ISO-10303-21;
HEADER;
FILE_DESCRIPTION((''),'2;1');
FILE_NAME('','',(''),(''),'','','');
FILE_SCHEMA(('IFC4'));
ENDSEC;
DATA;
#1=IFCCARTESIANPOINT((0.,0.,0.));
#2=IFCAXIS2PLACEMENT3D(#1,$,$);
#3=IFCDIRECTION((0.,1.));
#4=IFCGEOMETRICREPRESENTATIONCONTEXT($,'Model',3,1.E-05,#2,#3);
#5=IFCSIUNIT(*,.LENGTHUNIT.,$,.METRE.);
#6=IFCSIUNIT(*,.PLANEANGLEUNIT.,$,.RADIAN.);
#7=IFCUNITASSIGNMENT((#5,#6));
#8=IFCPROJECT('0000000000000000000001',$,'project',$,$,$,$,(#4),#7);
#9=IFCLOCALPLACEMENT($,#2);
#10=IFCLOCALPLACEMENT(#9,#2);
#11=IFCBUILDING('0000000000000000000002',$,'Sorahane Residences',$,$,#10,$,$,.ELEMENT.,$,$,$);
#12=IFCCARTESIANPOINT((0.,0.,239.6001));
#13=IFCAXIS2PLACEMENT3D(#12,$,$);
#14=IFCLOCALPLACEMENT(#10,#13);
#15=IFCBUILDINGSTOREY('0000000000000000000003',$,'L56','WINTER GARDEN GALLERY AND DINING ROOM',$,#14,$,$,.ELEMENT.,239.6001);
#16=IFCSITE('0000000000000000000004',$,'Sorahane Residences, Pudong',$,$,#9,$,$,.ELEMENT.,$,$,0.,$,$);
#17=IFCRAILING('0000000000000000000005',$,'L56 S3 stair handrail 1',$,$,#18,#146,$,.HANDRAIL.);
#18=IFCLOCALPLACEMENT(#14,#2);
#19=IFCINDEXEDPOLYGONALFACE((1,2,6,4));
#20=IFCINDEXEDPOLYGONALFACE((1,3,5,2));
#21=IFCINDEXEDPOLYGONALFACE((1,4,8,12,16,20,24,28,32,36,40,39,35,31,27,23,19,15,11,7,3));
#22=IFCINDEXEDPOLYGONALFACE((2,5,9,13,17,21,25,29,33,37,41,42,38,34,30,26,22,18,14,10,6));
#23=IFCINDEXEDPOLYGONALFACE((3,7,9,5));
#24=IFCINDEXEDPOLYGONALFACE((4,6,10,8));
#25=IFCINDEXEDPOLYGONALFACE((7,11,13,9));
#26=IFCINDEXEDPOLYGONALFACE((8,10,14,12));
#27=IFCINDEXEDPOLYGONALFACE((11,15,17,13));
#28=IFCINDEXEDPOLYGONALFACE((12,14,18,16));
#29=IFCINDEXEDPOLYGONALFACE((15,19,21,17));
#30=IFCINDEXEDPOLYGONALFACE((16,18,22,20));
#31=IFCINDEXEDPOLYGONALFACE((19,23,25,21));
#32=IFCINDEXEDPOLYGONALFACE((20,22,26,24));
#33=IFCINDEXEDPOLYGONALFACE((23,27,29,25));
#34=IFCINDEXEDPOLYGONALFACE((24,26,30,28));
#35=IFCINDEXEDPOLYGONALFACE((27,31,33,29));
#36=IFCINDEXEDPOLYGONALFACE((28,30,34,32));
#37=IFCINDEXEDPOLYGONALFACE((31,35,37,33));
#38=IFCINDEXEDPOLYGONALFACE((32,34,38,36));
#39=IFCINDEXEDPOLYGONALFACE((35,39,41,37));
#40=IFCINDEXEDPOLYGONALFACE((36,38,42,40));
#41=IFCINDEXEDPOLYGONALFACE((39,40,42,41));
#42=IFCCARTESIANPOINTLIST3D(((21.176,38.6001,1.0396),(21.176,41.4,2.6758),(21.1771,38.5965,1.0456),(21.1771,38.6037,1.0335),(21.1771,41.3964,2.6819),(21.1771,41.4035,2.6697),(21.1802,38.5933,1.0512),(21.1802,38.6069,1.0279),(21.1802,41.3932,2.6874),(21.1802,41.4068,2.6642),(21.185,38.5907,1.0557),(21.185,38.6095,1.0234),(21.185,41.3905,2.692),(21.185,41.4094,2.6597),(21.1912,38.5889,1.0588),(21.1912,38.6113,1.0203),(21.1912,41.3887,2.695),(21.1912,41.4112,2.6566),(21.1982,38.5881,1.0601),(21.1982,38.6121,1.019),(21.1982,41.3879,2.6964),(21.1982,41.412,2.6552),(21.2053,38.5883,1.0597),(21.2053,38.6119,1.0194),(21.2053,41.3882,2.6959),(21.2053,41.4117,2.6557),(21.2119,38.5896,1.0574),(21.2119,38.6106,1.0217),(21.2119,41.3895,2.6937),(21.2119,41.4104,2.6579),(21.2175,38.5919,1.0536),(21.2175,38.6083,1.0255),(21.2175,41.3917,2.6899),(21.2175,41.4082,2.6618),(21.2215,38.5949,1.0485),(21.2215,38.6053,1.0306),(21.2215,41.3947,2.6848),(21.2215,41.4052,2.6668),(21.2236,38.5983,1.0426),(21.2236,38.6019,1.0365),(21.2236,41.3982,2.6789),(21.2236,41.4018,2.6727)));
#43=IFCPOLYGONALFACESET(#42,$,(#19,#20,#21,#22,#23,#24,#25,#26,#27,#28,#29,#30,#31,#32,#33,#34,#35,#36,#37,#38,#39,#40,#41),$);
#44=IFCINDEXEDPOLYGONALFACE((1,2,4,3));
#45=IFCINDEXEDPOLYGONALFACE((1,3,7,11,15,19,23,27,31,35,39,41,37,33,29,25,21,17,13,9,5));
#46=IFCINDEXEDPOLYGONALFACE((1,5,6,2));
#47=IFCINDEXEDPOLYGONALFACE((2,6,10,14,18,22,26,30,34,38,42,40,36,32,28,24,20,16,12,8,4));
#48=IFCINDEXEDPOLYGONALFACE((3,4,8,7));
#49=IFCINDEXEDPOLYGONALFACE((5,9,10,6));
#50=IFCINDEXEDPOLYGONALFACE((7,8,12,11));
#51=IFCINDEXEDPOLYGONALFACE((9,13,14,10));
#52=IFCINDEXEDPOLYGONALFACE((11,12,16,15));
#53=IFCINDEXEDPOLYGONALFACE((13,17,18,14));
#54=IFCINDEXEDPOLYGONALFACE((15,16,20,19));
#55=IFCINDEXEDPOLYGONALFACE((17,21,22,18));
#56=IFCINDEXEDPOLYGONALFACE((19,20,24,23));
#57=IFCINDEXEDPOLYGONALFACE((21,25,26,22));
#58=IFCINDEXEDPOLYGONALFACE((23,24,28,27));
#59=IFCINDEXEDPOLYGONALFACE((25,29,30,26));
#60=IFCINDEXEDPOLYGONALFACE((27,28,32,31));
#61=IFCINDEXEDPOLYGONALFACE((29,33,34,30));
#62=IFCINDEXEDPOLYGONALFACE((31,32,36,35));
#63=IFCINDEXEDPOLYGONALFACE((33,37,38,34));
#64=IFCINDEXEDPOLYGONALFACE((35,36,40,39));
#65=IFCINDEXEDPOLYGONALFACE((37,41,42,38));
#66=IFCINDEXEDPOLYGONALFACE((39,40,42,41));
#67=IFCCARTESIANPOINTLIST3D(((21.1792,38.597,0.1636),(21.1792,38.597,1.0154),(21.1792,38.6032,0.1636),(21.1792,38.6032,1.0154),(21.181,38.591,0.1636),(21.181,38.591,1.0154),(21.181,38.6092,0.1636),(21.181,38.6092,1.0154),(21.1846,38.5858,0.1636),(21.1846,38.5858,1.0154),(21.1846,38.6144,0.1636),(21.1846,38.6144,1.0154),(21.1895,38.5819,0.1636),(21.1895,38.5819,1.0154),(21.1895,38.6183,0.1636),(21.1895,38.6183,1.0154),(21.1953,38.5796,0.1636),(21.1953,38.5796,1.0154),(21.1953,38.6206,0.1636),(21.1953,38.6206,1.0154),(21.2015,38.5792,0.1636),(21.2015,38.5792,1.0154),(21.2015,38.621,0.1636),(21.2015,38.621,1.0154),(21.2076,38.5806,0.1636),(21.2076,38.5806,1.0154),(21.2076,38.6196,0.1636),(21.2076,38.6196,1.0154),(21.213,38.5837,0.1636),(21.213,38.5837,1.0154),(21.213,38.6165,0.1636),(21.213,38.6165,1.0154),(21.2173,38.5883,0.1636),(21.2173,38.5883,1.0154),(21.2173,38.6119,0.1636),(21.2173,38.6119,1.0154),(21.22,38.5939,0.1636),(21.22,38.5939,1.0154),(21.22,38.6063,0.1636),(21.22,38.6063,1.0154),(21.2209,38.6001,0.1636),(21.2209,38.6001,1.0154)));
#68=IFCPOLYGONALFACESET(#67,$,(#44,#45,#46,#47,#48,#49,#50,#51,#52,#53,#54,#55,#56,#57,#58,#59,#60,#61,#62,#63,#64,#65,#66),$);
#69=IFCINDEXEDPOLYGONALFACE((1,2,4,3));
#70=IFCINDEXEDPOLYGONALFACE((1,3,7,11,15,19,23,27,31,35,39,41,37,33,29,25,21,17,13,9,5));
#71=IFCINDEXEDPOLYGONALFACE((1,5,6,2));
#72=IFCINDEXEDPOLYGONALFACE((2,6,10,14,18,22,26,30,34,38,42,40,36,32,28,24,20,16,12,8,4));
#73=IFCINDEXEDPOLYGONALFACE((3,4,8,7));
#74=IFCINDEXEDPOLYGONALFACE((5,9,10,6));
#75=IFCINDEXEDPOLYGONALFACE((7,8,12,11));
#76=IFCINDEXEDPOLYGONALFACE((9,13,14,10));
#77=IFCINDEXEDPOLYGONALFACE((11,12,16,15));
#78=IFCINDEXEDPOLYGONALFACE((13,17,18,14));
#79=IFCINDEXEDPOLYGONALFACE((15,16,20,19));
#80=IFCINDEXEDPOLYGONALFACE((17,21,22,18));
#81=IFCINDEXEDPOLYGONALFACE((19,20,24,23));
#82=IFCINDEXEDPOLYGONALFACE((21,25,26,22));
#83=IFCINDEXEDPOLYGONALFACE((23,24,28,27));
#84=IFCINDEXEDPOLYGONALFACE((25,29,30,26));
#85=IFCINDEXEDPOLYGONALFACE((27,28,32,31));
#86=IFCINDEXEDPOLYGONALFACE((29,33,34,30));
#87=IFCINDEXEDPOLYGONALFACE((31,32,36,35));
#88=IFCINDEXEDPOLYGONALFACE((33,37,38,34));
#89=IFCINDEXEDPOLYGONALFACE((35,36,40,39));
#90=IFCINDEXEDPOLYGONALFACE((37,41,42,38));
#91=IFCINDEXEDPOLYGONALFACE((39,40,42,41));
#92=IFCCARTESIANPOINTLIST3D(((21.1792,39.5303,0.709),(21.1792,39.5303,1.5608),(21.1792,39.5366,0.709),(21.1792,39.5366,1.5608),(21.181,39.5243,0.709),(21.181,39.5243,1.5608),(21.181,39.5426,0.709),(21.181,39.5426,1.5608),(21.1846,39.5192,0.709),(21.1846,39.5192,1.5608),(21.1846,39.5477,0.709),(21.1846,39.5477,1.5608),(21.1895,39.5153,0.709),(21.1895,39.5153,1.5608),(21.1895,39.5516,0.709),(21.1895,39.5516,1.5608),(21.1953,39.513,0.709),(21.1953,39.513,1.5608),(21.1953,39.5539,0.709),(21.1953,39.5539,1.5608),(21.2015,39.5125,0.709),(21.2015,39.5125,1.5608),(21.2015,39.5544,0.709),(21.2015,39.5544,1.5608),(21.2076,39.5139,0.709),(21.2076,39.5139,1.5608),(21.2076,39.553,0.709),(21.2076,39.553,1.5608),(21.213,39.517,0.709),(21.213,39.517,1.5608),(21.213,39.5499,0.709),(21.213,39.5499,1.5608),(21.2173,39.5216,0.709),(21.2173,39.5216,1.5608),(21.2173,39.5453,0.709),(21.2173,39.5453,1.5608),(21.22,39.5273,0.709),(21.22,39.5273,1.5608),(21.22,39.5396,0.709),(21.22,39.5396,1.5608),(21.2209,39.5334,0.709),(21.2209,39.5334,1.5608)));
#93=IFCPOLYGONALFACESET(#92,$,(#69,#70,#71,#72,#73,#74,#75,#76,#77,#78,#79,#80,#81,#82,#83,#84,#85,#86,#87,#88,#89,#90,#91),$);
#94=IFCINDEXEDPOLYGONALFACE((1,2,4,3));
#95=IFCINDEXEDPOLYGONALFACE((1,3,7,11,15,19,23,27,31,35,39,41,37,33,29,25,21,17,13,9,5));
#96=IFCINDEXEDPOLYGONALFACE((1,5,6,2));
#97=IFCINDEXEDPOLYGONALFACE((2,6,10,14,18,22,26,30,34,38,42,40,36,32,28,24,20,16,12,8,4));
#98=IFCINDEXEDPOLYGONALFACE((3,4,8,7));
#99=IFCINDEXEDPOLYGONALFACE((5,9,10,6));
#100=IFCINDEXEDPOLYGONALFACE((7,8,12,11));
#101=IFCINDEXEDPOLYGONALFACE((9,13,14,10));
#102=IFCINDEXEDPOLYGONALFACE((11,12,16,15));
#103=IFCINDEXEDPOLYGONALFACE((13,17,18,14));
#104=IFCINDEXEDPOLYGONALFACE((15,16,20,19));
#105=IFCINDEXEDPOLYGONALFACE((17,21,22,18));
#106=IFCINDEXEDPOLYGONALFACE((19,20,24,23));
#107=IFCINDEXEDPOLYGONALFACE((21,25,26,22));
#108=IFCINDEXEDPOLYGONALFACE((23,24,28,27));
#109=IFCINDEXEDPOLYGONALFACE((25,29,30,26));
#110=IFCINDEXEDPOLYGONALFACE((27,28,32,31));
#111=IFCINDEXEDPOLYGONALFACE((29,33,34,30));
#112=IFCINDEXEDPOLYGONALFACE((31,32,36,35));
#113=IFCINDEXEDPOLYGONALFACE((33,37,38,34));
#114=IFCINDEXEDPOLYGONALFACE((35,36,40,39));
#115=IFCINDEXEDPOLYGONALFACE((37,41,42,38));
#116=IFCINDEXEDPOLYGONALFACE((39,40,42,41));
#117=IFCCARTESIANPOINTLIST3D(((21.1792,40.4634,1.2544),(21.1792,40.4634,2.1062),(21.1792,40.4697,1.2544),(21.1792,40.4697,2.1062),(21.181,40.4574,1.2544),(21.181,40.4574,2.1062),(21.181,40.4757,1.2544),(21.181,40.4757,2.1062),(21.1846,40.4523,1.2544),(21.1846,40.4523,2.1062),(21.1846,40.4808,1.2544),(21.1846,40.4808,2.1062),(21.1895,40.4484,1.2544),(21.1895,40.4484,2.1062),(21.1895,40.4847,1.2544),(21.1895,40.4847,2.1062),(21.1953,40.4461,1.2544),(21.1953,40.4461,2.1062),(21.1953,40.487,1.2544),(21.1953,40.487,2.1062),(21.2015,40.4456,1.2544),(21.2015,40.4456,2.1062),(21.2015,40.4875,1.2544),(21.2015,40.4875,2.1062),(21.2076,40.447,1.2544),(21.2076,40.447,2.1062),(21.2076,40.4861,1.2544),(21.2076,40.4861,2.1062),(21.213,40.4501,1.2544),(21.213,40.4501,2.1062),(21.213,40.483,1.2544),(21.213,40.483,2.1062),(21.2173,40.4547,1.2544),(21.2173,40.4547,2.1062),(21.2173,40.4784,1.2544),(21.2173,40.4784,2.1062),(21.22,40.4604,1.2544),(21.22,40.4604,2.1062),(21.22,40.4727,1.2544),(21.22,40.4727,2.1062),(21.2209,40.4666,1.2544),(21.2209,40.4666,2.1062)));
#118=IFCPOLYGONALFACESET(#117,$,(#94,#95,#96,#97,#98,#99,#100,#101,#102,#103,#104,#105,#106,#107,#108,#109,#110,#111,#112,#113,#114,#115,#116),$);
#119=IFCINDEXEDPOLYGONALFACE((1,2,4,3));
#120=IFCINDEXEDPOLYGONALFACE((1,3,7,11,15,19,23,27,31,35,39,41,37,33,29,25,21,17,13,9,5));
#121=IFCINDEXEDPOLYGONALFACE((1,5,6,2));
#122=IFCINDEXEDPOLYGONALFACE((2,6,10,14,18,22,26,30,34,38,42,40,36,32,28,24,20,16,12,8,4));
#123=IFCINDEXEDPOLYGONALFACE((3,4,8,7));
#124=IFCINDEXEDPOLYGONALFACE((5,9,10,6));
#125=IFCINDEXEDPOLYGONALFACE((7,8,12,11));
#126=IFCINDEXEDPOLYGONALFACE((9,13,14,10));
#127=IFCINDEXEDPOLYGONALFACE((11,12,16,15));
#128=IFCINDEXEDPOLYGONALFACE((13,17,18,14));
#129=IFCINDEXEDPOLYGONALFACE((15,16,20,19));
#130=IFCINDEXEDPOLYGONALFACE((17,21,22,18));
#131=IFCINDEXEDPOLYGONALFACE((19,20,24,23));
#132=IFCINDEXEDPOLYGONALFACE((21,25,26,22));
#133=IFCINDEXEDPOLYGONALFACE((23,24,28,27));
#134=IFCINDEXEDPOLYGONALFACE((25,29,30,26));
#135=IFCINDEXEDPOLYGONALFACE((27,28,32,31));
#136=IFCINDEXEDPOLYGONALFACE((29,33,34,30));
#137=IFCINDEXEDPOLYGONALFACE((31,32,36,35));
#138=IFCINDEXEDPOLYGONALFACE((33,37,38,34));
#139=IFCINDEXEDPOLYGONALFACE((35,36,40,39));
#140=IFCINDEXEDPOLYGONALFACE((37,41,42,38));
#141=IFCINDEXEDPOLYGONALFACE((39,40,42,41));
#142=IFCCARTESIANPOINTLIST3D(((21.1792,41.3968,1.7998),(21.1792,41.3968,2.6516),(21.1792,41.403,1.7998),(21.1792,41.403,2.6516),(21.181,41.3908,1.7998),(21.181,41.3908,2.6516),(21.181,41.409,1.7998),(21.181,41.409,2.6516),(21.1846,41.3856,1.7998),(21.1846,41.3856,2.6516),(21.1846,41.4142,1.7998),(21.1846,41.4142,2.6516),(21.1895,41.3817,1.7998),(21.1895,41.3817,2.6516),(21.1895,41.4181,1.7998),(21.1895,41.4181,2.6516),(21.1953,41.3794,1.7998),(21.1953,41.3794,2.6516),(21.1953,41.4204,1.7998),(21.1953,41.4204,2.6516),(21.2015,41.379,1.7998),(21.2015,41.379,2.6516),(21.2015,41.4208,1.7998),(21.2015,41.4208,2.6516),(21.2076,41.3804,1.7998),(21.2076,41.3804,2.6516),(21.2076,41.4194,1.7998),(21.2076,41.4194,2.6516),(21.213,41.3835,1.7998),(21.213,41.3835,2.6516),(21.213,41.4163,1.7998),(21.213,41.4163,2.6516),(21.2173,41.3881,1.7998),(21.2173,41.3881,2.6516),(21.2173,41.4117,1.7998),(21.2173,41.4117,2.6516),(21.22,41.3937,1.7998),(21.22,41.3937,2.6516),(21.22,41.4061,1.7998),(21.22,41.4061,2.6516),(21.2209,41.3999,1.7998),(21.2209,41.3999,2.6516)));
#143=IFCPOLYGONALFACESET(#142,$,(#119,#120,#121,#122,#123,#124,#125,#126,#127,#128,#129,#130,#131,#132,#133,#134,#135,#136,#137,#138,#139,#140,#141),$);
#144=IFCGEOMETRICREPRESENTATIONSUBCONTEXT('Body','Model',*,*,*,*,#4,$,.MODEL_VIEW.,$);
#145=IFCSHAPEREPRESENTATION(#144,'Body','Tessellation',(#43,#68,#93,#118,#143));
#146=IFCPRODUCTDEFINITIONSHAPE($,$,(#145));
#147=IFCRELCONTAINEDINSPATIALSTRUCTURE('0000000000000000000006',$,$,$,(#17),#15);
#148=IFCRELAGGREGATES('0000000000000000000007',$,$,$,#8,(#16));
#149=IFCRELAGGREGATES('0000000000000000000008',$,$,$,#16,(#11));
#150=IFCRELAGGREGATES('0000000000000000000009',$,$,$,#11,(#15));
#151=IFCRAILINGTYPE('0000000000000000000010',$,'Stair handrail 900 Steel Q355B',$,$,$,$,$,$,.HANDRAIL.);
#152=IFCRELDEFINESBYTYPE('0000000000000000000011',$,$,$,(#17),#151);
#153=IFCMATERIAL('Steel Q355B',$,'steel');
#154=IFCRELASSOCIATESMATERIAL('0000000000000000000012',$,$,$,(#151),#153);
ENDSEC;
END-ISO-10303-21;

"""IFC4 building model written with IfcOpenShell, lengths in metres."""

from ifc_helpers import new_model, si_unit, direction, frame, origin, origin_2d, place, context, subcontext, project, spatial, circle, extrude, material, type_object, element, save


model = new_model("IFC4")

# Units and contexts
model_context = context("Model", 3, precision=1e-05, world=origin(), true_north=direction((0.0, 1.0)))
body_context = subcontext(model_context, "Body", "Model", "MODEL_VIEW")
ifc_project = project(units=[si_unit("LENGTHUNIT", "METRE"), si_unit("PLANEANGLEUNIT", "RADIAN")], contexts=[model_context])

# Site, building, storey
site_placement = place(None, origin())
site = spatial("IfcSite", under=ifc_project, at=site_placement, Name="Sorahane Residences, Pudong", CompositionType="ELEMENT", RefElevation=0.0)
building_placement = place(site_placement, origin())
building = spatial("IfcBuilding", under=site, at=building_placement, Name="Sorahane Residences", CompositionType="ELEMENT")
storey_placement = place(building_placement, frame((0.0, 0.0, 239.6001)))
storey = spatial("IfcBuildingStorey", under=building, at=storey_placement, Name="L56", Description="WINTER GARDEN GALLERY AND DINING ROOM", CompositionType="ELEMENT", Elevation=239.6001)

# Railing
ifc_material_1 = material(Name="Steel Q355B", Category="steel")
railing_type_1 = type_object("IfcRailingType", Name="Stair handrail 900 Steel Q355B", PredefinedType="HANDRAIL", material=ifc_material_1)
railing_1_placement = place(storey_placement, frame((21.2, 38.6001, 0.1636)))
element("IfcRailing", 1, at=railing_1_placement, inside=storey, type_object=railing_type_1, Name="L56 S3 stair handrail 1", PredefinedType="HANDRAIL", context=body_context, shape_type="SweptSolid", body=[
    extrude(circle(Radius=0.0239, at=origin_2d()), frame((0.0, 0.0, 0.876), z_axis=(0.0, 0.863374, 0.504564), x_axis=(-1.0, 0.0, 0.0)), (0.0, 0.0, 1.0), 3.2429),
    extrude(circle(Radius=0.021, at=origin_2d()), origin(), (0.0, 0.0, 1.0), 0.8518),
    extrude(circle(Radius=0.021, at=origin_2d()), frame((0.0, 0.9333, 0.5454)), (0.0, 0.0, 1.0), 0.8518),
    extrude(circle(Radius=0.021, at=origin_2d()), frame((0.0, 1.8665, 1.0908)), (0.0, 0.0, 1.0), 0.8518),
    extrude(circle(Radius=0.021, at=origin_2d()), frame((0.0, 2.7998, 1.6362)), (0.0, 0.0, 1.0), 0.8518),
])

save(model, "model.ifc")
